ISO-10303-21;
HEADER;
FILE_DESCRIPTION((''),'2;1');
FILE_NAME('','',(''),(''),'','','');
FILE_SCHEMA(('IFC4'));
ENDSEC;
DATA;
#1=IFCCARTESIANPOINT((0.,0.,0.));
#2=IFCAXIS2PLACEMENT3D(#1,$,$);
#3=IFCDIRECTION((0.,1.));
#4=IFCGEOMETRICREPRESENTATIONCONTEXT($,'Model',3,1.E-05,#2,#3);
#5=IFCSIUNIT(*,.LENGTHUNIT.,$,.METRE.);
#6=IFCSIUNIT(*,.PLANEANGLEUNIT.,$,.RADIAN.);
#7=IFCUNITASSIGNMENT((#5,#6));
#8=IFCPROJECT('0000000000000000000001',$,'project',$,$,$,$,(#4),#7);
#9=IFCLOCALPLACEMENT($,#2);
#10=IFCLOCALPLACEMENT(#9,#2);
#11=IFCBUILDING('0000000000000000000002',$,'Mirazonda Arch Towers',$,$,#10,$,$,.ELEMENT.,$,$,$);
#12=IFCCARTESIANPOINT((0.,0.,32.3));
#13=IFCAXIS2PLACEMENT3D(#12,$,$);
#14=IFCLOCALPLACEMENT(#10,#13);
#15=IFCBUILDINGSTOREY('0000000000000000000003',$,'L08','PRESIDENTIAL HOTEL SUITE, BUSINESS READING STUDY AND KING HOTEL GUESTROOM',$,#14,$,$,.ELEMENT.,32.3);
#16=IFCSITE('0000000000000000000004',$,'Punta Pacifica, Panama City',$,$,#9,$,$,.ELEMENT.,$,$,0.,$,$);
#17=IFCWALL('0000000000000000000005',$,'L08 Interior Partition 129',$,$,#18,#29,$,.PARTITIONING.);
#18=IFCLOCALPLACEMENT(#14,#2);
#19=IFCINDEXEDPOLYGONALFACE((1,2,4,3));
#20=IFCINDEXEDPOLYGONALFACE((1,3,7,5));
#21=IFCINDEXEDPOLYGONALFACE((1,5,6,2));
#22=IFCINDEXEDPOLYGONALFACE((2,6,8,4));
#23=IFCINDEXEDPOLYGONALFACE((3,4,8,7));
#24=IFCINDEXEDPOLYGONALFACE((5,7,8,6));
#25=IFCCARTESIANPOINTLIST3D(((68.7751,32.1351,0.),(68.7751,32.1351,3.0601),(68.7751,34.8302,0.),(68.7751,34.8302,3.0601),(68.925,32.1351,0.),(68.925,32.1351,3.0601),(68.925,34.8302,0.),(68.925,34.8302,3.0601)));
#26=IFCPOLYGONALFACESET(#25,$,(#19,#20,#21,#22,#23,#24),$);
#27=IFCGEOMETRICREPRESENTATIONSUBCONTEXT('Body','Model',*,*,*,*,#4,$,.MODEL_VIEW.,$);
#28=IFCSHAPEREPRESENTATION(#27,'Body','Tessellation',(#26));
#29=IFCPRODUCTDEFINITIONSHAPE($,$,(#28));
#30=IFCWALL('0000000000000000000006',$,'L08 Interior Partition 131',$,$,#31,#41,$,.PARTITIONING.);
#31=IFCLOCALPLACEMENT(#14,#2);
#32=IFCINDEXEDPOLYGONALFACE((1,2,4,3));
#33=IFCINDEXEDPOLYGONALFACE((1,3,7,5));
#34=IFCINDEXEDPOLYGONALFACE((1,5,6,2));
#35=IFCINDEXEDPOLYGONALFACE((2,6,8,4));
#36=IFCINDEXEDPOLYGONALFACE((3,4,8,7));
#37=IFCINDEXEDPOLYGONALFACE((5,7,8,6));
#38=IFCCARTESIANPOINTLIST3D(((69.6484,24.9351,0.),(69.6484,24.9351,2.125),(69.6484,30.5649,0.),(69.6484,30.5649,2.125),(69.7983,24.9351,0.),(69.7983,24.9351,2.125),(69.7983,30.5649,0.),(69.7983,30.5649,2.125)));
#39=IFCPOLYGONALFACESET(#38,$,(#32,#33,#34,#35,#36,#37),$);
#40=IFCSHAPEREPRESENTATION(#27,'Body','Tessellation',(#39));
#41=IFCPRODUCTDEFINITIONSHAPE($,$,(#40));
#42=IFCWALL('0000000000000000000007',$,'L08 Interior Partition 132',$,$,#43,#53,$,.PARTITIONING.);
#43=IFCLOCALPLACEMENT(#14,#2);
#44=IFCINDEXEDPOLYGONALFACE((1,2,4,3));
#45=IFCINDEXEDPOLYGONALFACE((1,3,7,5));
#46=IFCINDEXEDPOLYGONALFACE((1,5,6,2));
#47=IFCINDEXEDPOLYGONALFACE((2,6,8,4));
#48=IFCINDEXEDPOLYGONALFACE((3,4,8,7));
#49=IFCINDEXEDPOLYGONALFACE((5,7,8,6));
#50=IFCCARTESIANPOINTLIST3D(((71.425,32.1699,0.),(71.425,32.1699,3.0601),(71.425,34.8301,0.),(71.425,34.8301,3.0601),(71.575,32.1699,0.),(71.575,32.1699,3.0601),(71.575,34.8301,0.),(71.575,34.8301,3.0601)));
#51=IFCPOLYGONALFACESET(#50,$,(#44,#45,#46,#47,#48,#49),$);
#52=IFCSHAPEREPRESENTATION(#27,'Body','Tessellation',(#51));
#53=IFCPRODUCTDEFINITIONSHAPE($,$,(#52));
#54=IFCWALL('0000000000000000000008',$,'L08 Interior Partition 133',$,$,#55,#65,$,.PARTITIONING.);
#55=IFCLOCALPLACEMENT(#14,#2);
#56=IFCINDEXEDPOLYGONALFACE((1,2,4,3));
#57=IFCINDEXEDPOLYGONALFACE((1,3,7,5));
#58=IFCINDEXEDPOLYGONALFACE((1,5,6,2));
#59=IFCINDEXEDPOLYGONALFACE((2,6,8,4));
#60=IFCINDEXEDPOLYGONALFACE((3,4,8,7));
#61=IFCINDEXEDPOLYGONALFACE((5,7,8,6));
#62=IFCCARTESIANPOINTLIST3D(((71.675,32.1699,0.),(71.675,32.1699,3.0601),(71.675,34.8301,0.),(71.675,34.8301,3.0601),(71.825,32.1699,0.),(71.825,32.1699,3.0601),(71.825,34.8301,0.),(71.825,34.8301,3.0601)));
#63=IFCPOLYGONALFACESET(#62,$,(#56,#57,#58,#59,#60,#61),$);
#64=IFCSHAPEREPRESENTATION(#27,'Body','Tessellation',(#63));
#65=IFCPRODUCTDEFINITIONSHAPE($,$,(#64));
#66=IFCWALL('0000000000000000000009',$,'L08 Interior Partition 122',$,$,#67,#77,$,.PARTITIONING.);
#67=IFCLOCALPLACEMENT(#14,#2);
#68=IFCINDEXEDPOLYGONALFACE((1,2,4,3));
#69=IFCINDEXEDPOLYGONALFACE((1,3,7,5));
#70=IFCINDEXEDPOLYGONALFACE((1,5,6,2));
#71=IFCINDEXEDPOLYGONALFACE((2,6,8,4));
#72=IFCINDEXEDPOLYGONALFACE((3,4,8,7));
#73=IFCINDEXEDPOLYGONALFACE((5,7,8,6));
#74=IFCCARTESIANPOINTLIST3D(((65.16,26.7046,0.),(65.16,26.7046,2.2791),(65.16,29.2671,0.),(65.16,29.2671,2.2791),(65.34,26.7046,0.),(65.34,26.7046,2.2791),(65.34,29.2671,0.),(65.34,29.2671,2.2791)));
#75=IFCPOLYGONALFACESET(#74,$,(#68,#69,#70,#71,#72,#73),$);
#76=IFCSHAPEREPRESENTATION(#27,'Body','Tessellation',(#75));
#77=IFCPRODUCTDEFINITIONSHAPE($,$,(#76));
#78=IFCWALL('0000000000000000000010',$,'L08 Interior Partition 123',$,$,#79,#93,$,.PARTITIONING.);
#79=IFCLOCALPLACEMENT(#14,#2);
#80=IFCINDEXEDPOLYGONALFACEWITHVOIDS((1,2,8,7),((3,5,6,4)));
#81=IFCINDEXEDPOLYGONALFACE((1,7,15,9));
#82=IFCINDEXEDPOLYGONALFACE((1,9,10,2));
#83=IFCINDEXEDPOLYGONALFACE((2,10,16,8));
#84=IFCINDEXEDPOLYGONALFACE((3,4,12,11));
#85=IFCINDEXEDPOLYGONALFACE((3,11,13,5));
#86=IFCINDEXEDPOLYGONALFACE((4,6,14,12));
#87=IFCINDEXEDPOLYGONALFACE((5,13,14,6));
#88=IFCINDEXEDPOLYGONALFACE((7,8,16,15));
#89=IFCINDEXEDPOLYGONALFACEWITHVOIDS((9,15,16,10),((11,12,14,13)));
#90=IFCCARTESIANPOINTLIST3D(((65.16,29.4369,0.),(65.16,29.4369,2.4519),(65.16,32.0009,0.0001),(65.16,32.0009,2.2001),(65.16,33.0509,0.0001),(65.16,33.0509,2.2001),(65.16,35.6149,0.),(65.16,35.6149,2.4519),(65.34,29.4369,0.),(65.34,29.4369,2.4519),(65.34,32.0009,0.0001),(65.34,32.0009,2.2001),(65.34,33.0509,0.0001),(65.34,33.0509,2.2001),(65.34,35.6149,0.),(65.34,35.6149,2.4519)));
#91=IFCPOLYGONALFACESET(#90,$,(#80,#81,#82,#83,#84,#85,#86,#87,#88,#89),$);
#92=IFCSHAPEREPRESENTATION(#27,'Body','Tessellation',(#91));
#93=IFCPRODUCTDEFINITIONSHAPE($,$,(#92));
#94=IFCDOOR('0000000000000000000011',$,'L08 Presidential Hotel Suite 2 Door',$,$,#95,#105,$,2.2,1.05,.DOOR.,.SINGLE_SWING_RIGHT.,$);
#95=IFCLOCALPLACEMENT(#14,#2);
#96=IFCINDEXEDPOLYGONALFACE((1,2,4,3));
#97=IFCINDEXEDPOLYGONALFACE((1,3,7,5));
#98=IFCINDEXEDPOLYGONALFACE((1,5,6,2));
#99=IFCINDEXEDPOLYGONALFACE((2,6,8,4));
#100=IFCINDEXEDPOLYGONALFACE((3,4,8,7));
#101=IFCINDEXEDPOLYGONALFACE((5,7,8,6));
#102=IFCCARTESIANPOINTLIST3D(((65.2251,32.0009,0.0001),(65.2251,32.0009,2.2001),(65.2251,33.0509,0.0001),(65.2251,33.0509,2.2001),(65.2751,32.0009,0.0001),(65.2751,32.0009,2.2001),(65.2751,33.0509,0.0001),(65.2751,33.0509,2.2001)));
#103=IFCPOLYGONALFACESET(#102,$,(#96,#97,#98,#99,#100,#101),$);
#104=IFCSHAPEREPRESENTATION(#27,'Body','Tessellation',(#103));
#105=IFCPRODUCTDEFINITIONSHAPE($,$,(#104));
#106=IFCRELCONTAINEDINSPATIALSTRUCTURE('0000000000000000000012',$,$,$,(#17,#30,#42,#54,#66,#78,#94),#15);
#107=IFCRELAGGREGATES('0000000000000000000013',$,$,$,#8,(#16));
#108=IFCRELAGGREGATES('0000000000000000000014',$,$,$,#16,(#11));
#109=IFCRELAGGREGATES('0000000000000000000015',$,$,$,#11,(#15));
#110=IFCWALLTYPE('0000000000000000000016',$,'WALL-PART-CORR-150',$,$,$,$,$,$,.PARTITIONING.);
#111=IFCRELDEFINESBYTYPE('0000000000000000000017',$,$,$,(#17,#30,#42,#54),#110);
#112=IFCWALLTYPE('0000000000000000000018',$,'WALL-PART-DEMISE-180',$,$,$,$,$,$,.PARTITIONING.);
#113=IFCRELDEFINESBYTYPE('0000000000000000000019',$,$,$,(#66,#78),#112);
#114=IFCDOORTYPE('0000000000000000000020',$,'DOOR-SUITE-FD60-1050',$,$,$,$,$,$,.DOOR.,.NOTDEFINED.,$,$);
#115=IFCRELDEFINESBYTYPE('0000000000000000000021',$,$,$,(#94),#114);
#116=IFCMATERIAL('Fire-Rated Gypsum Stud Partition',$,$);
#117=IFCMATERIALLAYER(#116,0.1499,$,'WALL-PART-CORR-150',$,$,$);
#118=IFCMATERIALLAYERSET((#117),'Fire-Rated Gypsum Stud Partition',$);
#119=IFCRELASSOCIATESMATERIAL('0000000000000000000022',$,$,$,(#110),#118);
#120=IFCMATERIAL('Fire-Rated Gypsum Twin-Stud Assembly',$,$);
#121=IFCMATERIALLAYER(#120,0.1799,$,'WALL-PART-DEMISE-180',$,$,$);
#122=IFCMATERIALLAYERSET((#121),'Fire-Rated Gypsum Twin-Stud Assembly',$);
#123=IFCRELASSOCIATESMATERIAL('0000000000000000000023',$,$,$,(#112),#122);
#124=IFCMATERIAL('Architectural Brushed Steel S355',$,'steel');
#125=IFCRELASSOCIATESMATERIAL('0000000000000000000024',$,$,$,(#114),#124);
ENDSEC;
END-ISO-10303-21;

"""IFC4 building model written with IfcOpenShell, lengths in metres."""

from ifc_helpers import new_model, si_unit, direction, frame, frame_2d, origin, place, context, subcontext, project, spatial, rectangle, extrude, material, layer, layer_set, type_object, element, fill, save


model = new_model("IFC4")

# Units and contexts
model_context = context("Model", 3, precision=1e-05, world=origin(), true_north=direction((0.0, 1.0)))
body_context = subcontext(model_context, "Body", "Model", "MODEL_VIEW")
ifc_project = project(units=[si_unit("LENGTHUNIT", "METRE"), si_unit("PLANEANGLEUNIT", "RADIAN")], contexts=[model_context])

# Site, building, storey
site_placement = place(None, origin())
site = spatial("IfcSite", under=ifc_project, at=site_placement, Name="Punta Pacifica, Panama City", CompositionType="ELEMENT", RefElevation=0.0)
building_placement = place(site_placement, origin())
building = spatial("IfcBuilding", under=site, at=building_placement, Name="Mirazonda Arch Towers", CompositionType="ELEMENT")
storey_placement = place(building_placement, frame((0.0, 0.0, 32.3)))
storey = spatial("IfcBuildingStorey", under=building, at=storey_placement, Name="L08", Description="PRESIDENTIAL HOTEL SUITE, BUSINESS READING STUDY AND KING HOTEL GUESTROOM", CompositionType="ELEMENT", Elevation=32.3)

# Shared definitions
ifc_material_1 = material(Name="Architectural Brushed Steel S355", Category="steel")
ifc_material_2 = material(Name="Fire-Rated Gypsum Stud Partition")
ifc_layer_1 = layer(ifc_material_2, 0.1499, Name="WALL-PART-CORR-150")
ifc_layer_set_1 = layer_set([ifc_layer_1], Name="Fire-Rated Gypsum Stud Partition")
wall_type_1 = type_object("IfcWallType", Name="WALL-PART-CORR-150", PredefinedType="PARTITIONING", material=ifc_layer_set_1)

# Walls
wall_1_placement = place(storey_placement, frame((68.8501, 32.135, 0.0), z_axis=(0.0, 0.0, 1.0), x_axis=(0.0, 1.0, 0.0)))
element("IfcWall", 1, at=wall_1_placement, inside=storey, type_object=wall_type_1, Name="L08 Interior Partition 129", PredefinedType="PARTITIONING", context=body_context, shape_type="SweptSolid", body=[
    extrude(rectangle(XDim=2.6951, YDim=0.1499, at=frame_2d((1.3477, 0.0))), origin(), (0.0, 0.0, 1.0), 3.0601),
])
wall_2_placement = place(storey_placement, frame((69.7234, 24.9351, 0.0), z_axis=(0.0, 0.0, 1.0), x_axis=(0.0, 1.0, 0.0)))
element("IfcWall", 2, at=wall_2_placement, inside=storey, type_object=wall_type_1, Name="L08 Interior Partition 131", PredefinedType="PARTITIONING", context=body_context, shape_type="SweptSolid", body=[
    extrude(rectangle(XDim=5.6299, YDim=0.1499, at=frame_2d((2.8149, 0.0))), origin(), (0.0, 0.0, 1.0), 2.125),
])
for number, where, z_axis, x_axis, name in (
    (3, (71.5, 32.1699, 0.0), (0.0, 0.0, 1.0), (0.0, 1.0, 0.0), "L08 Interior Partition 132"),
    (4, (71.75, 32.1699, 0.0), (0.0, 0.0, 1.0), (0.0, 1.0, 0.0), "L08 Interior Partition 133"),
):
    element("IfcWall", number, at=place(storey_placement, frame(where, z_axis=z_axis, x_axis=x_axis)), inside=storey, type_object=wall_type_1, Name=name, PredefinedType="PARTITIONING", context=body_context, shape_type="SweptSolid", body=[
        extrude(rectangle(XDim=2.6602, YDim=0.1499, at=frame_2d((1.3301, 0.0))), origin(), (0.0, 0.0, 1.0), 3.0601),
    ])
ifc_material_3 = material(Name="Fire-Rated Gypsum Twin-Stud Assembly")
ifc_layer_2 = layer(ifc_material_3, 0.1799, Name="WALL-PART-DEMISE-180")
ifc_layer_set_2 = layer_set([ifc_layer_2], Name="Fire-Rated Gypsum Twin-Stud Assembly")
wall_type_2 = type_object("IfcWallType", Name="WALL-PART-DEMISE-180", PredefinedType="PARTITIONING", material=ifc_layer_set_2)
wall_3_placement = place(storey_placement, frame((65.25, 26.7046, 0.0), z_axis=(0.0, 0.0, 1.0), x_axis=(0.0, 1.0, 0.0)))
element("IfcWall", 5, at=wall_3_placement, inside=storey, type_object=wall_type_2, Name="L08 Interior Partition 122", PredefinedType="PARTITIONING", context=body_context, shape_type="SweptSolid", body=[
    extrude(rectangle(XDim=2.5625, YDim=0.1799, at=frame_2d((1.2812, 0.0))), origin(), (0.0, 0.0, 1.0), 2.2791),
])

# Wall, opening, door
wall_4_placement = place(storey_placement, frame((65.25, 29.437, 0.0), z_axis=(0.0, 0.0, 1.0), x_axis=(0.0, 1.0, 0.0)))
wall_4 = element("IfcWall", 6, at=wall_4_placement, inside=storey, type_object=wall_type_2, Name="L08 Interior Partition 123", PredefinedType="PARTITIONING", context=body_context, shape_type="SweptSolid", body=[
    extrude(rectangle(XDim=6.178, YDim=0.1799, at=frame_2d((3.0889, 0.0))), origin(), (0.0, 0.0, 1.0), 2.4519),
])
opening_1_placement = place(wall_4_placement, frame((2.564, 0.0, 0.0)))
opening_1 = element("IfcOpeningElement", 7, at=opening_1_placement, cuts=wall_4, PredefinedType="OPENING", context=body_context, shape_type="SweptSolid", body=[
    extrude(rectangle(XDim=1.05, YDim=2.2, at=frame_2d((0.5249, 1.1001))), frame((0.0, 0.0999, 0.0), z_axis=(0.0, -1.0, 0.0), x_axis=(1.0, 0.0, 0.0)), (0.0, 0.0, 1.0), 0.2),
])
door_type_1 = type_object("IfcDoorType", Name="DOOR-SUITE-FD60-1050", OperationType="NOTDEFINED", PredefinedType="DOOR", material=ifc_material_1)
door_1_placement = place(opening_1_placement, origin())
door_1 = element("IfcDoor", 8, at=door_1_placement, inside=storey, type_object=door_type_1, Name="L08 Presidential Hotel Suite 2 Door", OperationType="SINGLE_SWING_RIGHT", OverallHeight=2.2, OverallWidth=1.05, PredefinedType="DOOR", context=body_context, shape_type="SweptSolid", body=[
    extrude(rectangle(XDim=1.05, YDim=2.2, at=frame_2d((0.5249, 1.1001))), frame((0.0, 0.0249, 0.0), z_axis=(0.0, -1.0, 0.0), x_axis=(1.0, 0.0, 0.0)), (0.0, 0.0, 1.0), 0.05),
])
fill(opening_1, door_1)

save(model, "model.ifc")
